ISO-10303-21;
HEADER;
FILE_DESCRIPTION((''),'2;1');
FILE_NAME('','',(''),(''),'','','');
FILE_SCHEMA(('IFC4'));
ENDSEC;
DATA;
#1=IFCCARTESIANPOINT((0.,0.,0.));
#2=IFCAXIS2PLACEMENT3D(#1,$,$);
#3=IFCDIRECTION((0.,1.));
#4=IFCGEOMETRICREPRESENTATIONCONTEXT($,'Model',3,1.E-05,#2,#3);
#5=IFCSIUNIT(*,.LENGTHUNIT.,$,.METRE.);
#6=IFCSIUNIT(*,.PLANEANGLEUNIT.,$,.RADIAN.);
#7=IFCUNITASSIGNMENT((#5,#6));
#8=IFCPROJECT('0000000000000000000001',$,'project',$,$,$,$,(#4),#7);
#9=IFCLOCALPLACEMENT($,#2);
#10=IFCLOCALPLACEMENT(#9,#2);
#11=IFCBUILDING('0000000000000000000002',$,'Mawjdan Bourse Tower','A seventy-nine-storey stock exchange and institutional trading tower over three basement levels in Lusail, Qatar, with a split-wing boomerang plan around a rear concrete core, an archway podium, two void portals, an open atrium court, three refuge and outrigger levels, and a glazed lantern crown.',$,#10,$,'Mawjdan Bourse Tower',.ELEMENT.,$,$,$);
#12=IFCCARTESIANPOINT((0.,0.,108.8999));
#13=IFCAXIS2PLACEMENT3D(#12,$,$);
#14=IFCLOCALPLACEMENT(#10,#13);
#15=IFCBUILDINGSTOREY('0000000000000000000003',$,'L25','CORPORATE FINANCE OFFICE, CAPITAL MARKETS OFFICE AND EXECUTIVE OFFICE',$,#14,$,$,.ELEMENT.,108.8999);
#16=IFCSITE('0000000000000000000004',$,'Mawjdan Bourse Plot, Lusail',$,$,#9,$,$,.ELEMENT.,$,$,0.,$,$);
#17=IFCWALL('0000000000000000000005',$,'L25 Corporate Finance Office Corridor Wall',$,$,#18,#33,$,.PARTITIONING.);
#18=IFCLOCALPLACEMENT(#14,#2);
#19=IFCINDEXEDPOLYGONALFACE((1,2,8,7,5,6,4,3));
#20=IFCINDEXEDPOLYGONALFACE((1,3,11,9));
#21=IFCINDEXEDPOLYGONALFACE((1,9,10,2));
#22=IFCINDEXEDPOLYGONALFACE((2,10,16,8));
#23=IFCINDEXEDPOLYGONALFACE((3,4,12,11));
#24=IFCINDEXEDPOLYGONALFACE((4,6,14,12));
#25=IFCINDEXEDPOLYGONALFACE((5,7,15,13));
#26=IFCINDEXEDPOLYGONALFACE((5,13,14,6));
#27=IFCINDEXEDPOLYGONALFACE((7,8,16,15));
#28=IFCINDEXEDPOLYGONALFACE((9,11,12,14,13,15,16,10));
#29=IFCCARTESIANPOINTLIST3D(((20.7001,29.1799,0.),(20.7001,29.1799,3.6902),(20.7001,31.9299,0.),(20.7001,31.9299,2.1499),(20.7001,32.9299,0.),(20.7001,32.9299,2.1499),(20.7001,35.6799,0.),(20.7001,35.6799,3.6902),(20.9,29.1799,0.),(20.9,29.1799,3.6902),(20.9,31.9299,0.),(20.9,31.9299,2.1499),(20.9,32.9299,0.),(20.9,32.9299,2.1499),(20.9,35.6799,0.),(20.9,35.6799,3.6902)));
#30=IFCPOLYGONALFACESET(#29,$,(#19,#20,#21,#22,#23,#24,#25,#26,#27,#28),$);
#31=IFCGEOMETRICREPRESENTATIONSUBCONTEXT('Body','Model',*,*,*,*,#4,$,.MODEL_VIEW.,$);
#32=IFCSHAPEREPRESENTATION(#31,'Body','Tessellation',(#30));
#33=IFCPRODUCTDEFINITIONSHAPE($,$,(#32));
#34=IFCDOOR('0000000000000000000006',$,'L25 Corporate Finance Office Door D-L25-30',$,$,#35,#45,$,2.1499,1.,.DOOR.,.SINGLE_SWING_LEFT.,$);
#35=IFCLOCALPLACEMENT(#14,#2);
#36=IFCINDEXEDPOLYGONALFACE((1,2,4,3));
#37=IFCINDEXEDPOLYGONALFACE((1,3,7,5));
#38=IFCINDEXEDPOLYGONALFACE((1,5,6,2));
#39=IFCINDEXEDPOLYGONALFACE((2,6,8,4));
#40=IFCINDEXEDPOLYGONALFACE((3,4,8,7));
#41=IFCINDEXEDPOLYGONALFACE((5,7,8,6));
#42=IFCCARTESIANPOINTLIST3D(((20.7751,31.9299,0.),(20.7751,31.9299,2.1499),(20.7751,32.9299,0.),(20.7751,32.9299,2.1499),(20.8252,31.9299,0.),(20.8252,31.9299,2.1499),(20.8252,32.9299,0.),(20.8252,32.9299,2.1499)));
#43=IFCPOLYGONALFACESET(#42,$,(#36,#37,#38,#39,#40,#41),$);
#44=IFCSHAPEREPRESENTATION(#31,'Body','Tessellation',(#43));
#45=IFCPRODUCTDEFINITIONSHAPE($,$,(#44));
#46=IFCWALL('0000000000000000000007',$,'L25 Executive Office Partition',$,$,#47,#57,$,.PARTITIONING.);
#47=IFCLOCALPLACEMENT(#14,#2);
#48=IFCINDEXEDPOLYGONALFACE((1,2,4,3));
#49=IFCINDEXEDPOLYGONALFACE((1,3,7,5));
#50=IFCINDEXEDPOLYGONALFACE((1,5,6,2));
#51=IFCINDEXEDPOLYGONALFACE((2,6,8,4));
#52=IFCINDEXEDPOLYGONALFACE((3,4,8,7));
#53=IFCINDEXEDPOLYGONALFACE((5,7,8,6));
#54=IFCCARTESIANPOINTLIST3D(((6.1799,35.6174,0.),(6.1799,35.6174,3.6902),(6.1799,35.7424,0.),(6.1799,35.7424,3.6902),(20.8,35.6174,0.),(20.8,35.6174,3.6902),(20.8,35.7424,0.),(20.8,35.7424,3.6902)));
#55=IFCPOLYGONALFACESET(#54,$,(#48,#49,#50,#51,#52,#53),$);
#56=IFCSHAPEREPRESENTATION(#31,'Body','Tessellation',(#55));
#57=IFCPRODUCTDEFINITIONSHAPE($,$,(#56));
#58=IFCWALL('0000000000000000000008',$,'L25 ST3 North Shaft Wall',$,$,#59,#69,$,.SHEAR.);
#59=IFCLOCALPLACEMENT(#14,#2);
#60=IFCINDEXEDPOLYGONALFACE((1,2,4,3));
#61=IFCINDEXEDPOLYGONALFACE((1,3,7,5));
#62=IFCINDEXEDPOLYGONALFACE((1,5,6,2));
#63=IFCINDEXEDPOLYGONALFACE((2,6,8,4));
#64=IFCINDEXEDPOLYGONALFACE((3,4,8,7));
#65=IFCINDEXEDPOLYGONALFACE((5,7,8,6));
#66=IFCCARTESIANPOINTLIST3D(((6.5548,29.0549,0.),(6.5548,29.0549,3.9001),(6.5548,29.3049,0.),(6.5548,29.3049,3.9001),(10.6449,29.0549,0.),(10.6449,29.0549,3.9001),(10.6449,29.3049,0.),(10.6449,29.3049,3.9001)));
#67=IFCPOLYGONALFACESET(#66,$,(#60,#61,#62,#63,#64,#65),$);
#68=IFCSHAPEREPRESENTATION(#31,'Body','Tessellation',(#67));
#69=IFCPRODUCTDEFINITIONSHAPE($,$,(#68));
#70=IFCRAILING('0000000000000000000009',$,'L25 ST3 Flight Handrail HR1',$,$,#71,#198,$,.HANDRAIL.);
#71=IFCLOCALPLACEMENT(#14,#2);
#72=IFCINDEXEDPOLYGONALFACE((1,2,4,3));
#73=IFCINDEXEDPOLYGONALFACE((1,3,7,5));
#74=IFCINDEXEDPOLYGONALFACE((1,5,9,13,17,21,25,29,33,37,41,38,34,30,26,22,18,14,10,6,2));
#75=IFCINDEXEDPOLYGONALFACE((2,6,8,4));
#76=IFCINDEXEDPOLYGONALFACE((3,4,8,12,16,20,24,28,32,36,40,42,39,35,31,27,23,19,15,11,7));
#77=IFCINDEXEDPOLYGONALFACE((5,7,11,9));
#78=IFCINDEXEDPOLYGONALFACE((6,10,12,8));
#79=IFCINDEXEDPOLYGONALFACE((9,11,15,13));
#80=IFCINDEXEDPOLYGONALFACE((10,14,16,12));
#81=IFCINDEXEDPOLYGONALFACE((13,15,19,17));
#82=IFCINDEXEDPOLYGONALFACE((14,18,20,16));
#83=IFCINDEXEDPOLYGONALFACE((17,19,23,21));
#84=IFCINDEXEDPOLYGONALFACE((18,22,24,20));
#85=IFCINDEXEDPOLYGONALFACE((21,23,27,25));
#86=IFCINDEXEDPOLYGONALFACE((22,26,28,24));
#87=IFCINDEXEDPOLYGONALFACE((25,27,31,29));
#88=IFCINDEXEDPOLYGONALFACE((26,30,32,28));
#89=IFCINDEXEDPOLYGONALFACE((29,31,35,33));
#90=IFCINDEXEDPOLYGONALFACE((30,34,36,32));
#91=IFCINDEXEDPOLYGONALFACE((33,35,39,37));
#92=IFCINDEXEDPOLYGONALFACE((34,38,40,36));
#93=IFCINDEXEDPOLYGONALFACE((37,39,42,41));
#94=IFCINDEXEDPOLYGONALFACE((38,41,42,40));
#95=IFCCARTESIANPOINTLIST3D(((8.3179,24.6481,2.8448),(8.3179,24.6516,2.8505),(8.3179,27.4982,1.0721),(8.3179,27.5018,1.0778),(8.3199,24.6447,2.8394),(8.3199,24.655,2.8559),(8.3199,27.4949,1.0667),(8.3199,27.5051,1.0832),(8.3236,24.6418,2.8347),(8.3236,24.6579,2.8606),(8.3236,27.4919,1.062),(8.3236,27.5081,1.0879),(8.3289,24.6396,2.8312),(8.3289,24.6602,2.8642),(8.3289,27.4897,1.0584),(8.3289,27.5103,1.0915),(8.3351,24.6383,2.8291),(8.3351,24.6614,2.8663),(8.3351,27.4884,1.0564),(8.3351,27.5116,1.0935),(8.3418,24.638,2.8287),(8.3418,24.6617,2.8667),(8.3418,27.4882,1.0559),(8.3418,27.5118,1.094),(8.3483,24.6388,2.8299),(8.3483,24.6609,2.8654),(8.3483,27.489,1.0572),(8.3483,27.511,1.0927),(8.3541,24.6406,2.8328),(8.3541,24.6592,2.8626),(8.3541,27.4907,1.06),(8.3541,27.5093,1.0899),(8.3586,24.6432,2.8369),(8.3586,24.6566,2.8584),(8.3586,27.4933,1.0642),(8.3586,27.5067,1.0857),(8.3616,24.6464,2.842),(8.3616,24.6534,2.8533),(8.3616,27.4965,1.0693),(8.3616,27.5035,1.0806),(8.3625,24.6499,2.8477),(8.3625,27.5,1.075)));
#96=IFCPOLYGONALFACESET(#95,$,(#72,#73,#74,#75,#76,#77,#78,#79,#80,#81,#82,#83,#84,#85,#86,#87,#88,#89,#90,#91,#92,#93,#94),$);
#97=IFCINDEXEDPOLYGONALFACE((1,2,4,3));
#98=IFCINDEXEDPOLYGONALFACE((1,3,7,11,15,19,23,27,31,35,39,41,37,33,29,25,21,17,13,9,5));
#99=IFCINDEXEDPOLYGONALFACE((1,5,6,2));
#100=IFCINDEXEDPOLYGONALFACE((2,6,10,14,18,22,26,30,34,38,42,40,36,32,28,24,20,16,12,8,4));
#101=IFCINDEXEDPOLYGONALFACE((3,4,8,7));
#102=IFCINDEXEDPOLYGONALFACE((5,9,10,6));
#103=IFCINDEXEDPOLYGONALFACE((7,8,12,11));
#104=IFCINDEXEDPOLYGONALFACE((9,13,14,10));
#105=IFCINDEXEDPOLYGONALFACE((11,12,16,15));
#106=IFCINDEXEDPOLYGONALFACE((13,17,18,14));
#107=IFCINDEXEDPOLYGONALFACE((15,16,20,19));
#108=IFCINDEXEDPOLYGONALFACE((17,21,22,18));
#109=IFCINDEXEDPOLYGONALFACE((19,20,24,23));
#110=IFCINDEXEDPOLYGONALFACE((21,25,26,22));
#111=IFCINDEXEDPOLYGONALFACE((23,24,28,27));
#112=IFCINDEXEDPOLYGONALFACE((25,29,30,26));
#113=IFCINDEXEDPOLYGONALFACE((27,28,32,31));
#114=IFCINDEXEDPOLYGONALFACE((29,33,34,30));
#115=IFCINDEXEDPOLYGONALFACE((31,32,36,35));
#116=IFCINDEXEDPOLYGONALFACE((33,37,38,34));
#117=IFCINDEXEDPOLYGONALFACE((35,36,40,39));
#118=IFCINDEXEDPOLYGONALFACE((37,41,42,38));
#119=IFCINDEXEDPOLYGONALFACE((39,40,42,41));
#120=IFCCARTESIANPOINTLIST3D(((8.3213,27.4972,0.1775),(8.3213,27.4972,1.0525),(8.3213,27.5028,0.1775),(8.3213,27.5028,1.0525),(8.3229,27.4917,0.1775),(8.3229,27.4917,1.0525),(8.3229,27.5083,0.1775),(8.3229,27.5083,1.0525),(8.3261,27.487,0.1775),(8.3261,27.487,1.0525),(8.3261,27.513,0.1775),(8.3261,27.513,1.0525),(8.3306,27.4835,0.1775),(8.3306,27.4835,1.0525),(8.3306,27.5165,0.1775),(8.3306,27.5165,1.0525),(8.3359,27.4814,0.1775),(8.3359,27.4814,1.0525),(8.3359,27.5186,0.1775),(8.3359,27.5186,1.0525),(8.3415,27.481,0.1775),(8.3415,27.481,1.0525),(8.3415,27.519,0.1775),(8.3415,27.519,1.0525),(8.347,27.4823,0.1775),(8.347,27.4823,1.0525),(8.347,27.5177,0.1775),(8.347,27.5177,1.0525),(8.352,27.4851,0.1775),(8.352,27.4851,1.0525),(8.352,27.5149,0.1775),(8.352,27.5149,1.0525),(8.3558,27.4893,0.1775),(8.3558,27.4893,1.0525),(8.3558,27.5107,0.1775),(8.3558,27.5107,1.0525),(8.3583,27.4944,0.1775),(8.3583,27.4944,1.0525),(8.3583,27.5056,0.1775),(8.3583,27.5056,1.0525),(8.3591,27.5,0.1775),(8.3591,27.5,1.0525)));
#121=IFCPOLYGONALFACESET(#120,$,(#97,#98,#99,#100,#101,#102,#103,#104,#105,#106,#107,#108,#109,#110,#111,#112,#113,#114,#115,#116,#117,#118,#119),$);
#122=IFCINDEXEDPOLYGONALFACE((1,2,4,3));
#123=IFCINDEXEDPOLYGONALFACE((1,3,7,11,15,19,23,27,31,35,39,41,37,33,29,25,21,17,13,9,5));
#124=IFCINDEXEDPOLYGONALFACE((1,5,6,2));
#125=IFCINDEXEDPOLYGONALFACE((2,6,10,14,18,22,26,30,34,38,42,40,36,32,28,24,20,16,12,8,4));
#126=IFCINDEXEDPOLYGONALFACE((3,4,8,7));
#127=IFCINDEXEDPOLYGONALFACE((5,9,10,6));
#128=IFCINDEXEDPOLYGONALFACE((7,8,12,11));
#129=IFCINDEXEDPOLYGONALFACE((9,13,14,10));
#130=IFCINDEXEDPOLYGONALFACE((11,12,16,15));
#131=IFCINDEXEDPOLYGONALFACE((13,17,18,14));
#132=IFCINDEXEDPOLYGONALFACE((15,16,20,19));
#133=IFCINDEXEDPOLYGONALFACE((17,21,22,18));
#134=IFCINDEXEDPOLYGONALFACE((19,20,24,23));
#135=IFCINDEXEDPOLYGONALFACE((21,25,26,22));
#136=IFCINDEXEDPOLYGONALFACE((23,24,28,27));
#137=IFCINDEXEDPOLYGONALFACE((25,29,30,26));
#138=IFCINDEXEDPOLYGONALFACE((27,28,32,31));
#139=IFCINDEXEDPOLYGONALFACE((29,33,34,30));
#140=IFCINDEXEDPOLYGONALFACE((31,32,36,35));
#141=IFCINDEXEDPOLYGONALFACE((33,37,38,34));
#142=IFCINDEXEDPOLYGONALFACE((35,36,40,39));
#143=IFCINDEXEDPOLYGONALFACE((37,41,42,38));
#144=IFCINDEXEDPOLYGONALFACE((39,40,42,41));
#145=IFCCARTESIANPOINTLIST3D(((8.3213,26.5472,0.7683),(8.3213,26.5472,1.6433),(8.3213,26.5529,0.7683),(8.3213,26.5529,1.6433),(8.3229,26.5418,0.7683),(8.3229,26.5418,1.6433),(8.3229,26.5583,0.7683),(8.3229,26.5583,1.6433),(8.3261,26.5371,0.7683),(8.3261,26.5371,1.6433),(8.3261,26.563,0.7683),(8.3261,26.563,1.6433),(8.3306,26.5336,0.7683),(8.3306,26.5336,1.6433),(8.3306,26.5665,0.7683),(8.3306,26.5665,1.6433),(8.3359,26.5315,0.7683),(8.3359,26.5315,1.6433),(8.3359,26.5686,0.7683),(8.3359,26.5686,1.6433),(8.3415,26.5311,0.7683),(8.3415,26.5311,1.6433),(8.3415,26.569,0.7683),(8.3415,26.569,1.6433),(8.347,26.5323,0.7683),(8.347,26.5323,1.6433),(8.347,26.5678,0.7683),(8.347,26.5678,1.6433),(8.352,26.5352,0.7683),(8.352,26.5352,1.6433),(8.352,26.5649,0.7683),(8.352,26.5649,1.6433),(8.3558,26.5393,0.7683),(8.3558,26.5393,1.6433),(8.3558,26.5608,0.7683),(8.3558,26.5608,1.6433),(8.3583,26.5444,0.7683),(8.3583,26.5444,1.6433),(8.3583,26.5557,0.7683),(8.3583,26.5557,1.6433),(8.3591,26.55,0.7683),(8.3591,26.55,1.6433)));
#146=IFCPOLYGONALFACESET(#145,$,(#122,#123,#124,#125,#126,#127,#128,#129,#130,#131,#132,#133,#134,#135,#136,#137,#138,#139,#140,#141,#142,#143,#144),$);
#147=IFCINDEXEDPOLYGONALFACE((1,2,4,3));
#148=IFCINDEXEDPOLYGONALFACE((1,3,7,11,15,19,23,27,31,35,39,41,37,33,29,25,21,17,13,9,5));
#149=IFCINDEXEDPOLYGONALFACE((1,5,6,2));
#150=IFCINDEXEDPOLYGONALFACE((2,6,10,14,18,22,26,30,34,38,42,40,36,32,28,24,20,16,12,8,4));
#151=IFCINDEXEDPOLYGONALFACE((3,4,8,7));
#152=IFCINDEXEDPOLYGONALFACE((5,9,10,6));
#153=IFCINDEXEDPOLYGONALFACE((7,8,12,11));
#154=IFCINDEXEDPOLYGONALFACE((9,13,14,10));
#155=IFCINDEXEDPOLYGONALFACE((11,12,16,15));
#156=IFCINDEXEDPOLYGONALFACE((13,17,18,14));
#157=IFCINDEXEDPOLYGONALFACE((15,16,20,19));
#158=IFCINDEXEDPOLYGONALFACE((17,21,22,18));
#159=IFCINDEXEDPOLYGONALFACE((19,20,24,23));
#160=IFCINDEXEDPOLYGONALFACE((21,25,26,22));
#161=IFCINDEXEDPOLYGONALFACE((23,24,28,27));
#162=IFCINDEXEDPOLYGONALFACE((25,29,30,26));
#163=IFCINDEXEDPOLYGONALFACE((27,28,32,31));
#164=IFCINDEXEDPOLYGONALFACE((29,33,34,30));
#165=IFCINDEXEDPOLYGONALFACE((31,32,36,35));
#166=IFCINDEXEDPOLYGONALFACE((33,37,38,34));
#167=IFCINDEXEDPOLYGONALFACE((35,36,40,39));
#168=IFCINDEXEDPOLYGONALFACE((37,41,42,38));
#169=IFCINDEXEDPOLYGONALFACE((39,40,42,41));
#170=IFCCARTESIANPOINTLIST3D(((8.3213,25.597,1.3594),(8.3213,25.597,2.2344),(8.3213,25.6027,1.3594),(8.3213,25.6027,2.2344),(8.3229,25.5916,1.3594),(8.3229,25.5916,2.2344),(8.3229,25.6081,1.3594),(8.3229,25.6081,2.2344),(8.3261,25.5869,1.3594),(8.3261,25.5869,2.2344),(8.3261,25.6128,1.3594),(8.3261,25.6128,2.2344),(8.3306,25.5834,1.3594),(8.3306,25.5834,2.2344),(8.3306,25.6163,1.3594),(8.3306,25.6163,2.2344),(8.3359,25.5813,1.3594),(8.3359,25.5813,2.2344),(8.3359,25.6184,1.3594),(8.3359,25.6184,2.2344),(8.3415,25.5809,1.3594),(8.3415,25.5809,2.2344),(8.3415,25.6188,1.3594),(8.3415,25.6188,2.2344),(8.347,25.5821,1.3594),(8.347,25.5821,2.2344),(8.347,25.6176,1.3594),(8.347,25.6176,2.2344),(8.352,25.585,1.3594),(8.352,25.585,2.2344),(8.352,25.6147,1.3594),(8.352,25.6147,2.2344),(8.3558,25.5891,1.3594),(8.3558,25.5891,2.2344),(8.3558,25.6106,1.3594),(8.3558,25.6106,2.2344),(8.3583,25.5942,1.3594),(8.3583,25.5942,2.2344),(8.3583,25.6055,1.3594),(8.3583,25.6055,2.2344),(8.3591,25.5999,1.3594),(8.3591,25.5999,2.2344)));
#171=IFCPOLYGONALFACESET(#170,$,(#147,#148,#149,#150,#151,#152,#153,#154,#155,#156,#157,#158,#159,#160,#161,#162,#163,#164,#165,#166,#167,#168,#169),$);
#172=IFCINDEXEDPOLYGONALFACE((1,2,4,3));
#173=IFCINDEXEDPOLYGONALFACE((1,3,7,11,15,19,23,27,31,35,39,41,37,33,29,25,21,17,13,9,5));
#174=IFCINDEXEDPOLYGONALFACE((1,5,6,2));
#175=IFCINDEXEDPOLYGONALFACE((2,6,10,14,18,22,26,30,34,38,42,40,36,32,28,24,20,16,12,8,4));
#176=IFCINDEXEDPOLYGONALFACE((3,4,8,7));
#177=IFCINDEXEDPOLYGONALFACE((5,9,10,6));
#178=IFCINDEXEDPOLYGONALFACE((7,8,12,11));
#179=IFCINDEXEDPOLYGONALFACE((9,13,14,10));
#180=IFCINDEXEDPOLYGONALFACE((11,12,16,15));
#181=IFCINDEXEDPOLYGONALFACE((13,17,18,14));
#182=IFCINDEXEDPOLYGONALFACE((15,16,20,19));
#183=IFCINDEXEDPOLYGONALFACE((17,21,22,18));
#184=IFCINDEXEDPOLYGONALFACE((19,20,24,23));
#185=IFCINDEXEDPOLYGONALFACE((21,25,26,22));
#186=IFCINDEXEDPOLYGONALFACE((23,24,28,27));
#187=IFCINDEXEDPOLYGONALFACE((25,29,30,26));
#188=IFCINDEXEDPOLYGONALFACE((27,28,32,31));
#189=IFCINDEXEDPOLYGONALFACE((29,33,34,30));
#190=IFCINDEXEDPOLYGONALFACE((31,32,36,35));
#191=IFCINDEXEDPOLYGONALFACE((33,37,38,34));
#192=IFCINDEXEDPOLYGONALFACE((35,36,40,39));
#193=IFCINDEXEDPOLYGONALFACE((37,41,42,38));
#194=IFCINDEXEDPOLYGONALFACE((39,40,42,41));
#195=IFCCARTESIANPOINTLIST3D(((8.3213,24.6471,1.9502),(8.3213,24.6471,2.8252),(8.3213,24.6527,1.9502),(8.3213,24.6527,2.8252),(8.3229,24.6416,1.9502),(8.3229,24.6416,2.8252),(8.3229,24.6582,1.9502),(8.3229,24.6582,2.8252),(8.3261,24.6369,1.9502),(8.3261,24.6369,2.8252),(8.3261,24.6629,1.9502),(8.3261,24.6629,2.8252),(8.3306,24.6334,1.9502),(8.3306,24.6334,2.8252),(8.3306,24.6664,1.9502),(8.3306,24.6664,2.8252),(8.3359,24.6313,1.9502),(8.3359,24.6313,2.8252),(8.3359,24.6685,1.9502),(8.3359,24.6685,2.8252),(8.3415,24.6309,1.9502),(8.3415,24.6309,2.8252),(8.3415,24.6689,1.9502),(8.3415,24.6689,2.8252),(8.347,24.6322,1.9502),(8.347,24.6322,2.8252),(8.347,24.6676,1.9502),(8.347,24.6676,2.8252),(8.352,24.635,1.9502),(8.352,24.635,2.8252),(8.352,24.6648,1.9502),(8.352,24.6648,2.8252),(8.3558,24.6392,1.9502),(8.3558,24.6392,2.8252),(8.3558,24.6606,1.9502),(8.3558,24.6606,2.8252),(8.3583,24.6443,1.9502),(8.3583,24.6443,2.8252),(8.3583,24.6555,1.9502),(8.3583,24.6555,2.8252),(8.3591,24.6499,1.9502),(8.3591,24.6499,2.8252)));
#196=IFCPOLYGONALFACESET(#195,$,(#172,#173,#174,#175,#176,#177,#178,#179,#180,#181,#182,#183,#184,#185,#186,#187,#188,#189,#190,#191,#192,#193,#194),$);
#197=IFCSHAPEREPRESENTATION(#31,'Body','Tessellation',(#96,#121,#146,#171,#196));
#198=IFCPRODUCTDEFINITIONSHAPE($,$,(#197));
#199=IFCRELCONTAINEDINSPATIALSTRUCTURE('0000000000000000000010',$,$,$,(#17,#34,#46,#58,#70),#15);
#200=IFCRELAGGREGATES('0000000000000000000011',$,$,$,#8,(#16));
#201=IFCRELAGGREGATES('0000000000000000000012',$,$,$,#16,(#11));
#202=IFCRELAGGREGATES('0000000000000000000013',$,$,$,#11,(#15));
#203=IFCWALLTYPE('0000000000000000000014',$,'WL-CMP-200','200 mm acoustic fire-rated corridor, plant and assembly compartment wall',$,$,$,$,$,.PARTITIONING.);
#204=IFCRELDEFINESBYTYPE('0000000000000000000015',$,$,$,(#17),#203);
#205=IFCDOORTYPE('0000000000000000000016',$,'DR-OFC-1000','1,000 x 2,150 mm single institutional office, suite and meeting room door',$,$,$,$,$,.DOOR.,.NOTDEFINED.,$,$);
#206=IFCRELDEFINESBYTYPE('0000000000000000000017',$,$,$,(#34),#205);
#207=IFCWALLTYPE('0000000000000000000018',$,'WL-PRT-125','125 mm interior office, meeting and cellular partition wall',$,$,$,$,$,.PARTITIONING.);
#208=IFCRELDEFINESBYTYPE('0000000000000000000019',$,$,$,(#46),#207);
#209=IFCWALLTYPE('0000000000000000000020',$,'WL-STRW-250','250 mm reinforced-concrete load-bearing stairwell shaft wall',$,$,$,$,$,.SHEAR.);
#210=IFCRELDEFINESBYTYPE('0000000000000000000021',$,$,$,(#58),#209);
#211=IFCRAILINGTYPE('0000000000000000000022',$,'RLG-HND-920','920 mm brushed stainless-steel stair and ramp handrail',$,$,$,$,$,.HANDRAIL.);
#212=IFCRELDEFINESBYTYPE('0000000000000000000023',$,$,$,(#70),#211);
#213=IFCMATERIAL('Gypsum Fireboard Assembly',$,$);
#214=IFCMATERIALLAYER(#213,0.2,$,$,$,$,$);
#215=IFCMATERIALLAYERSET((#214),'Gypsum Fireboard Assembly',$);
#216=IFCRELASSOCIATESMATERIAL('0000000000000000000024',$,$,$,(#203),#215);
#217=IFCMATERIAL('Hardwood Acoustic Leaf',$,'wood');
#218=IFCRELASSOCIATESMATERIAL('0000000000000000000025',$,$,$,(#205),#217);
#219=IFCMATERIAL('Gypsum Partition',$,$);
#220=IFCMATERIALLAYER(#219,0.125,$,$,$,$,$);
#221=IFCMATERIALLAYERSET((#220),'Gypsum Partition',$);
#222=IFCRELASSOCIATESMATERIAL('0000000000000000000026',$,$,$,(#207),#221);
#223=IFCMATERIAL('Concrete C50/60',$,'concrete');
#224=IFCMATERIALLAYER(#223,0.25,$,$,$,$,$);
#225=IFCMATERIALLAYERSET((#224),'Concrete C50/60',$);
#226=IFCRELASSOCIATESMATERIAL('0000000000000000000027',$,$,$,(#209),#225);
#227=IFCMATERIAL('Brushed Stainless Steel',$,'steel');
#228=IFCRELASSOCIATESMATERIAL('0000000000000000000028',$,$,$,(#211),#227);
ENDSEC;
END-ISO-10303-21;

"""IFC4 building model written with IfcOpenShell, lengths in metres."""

from ifc_helpers import new_model, si_unit, direction, frame, frame_2d, origin, origin_2d, place, context, subcontext, project, spatial, rectangle, circle, extrude, material, layer, layer_set, type_object, element, fill, save


model = new_model("IFC4")

# Units and contexts
model_context = context("Model", 3, precision=1e-05, world=origin(), true_north=direction((0.0, 1.0)))
body_context = subcontext(model_context, "Body", "Model", "MODEL_VIEW")
ifc_project = project(units=[si_unit("LENGTHUNIT", "METRE"), si_unit("PLANEANGLEUNIT", "RADIAN")], contexts=[model_context])

# Site, building, storey
site_placement = place(None, origin())
site = spatial("IfcSite", under=ifc_project, at=site_placement, Name="Mawjdan Bourse Plot, Lusail", CompositionType="ELEMENT", RefElevation=0.0)
building_placement = place(site_placement, origin())
building = spatial("IfcBuilding", under=site, at=building_placement, Name="Mawjdan Bourse Tower", Description="A seventy-nine-storey stock exchange and institutional trading tower over three basement levels in Lusail, Qatar, with a split-wing boomerang plan around a rear concrete core, an archway podium, two void portals, an open atrium court, three refuge and outrigger levels, and a glazed lantern crown.", LongName="Mawjdan Bourse Tower", CompositionType="ELEMENT")
storey_placement = place(building_placement, frame((0.0, 0.0, 108.8999)))
storey = spatial("IfcBuildingStorey", under=building, at=storey_placement, Name="L25", Description="CORPORATE FINANCE OFFICE, CAPITAL MARKETS OFFICE AND EXECUTIVE OFFICE", CompositionType="ELEMENT", Elevation=108.8999)

# Shared definitions
ifc_material_1 = material(Name="Gypsum Fireboard Assembly")
ifc_layer_1 = layer(ifc_material_1, 0.2)
ifc_layer_set_1 = layer_set([ifc_layer_1], Name="Gypsum Fireboard Assembly")
wall_type_1 = type_object("IfcWallType", Name="WL-CMP-200", Description="200 mm acoustic fire-rated corridor, plant and assembly compartment wall", PredefinedType="PARTITIONING", material=ifc_layer_set_1)

# Wall, opening, door
wall_1_placement = place(storey_placement, frame((20.8, 29.1799, 0.0), z_axis=(0.0, 0.0, 1.0), x_axis=(0.0, 1.0, 0.0)))
wall_1 = element("IfcWall", 1, at=wall_1_placement, inside=storey, type_object=wall_type_1, Name="L25 Corporate Finance Office Corridor Wall", PredefinedType="PARTITIONING", context=body_context, shape_type="SweptSolid", body=[
    extrude(rectangle(XDim=6.5, YDim=0.2, at=frame_2d((3.25, 0.0))), origin(), (0.0, 0.0, 1.0), 3.6902),
])
opening_1_placement = place(wall_1_placement, frame((2.75, 0.0, 0.0)))
opening_1 = element("IfcOpeningElement", 2, at=opening_1_placement, cuts=wall_1, PredefinedType="OPENING", context=body_context, shape_type="SweptSolid", body=[
    extrude(rectangle(XDim=1.0, YDim=2.1499, at=frame_2d((0.5, 1.075))), frame((0.0, 0.1099, 0.0), z_axis=(0.0, -1.0, 0.0), x_axis=(1.0, 0.0, 0.0)), (0.0, 0.0, 1.0), 0.22),
])
ifc_material_2 = material(Name="Hardwood Acoustic Leaf", Category="wood")
door_type = type_object("IfcDoorType", Name="DR-OFC-1000", Description="1,000 x 2,150 mm single institutional office, suite and meeting room door", OperationType="NOTDEFINED", PredefinedType="DOOR", material=ifc_material_2)
door_1_placement = place(opening_1_placement, origin())
door_1 = element("IfcDoor", 3, at=door_1_placement, inside=storey, type_object=door_type, Name="L25 Corporate Finance Office Door D-L25-30", OperationType="SINGLE_SWING_LEFT", OverallHeight=2.1499, OverallWidth=1.0, PredefinedType="DOOR", context=body_context, shape_type="SweptSolid", body=[
    extrude(rectangle(XDim=1.0, YDim=2.1499, at=frame_2d((0.5, 1.075))), frame((0.0, 0.0249, 0.0), z_axis=(0.0, -1.0, 0.0), x_axis=(1.0, 0.0, 0.0)), (0.0, 0.0, 1.0), 0.05),
])
fill(opening_1, door_1)

# Walls
ifc_material_3 = material(Name="Gypsum Partition")
ifc_layer_2 = layer(ifc_material_3, 0.125)
ifc_layer_set_2 = layer_set([ifc_layer_2], Name="Gypsum Partition")
wall_type_2 = type_object("IfcWallType", Name="WL-PRT-125", Description="125 mm interior office, meeting and cellular partition wall", PredefinedType="PARTITIONING", material=ifc_layer_set_2)
wall_2_placement = place(storey_placement, frame((6.1799, 35.6799, 0.0), z_axis=(0.0, 0.0, 1.0), x_axis=(1.0, 0.0, 0.0)))
element("IfcWall", 4, at=wall_2_placement, inside=storey, type_object=wall_type_2, Name="L25 Executive Office Partition", PredefinedType="PARTITIONING", context=body_context, shape_type="SweptSolid", body=[
    extrude(rectangle(XDim=14.6201, YDim=0.125, at=frame_2d((7.3101, 0.0))), origin(), (0.0, 0.0, 1.0), 3.6902),
])
ifc_material_4 = material(Name="Concrete C50/60", Category="concrete")
ifc_layer_3 = layer(ifc_material_4, 0.25)
ifc_layer_set_3 = layer_set([ifc_layer_3], Name="Concrete C50/60")
wall_type_3 = type_object("IfcWallType", Name="WL-STRW-250", Description="250 mm reinforced-concrete load-bearing stairwell shaft wall", PredefinedType="SHEAR", material=ifc_layer_set_3)
wall_3_placement = place(storey_placement, frame((6.5549, 29.1799, 0.0), z_axis=(0.0, 0.0, 1.0), x_axis=(1.0, 0.0, 0.0)))
element("IfcWall", 5, at=wall_3_placement, inside=storey, type_object=wall_type_3, Name="L25 ST3 North Shaft Wall", PredefinedType="SHEAR", context=body_context, shape_type="SweptSolid", body=[
    extrude(rectangle(XDim=4.0901, YDim=0.25, at=frame_2d((2.0449, 0.0))), origin(), (0.0, 0.0, 1.0), 3.9001),
])

# Railing
ifc_material_5 = material(Name="Brushed Stainless Steel", Category="steel")
railing_type = type_object("IfcRailingType", Name="RLG-HND-920", Description="920 mm brushed stainless-steel stair and ramp handrail", PredefinedType="HANDRAIL", material=ifc_material_5)
railing_placement = place(storey_placement, frame((8.3401, 27.5, 0.1775)))
element("IfcRailing", 6, at=railing_placement, inside=storey, type_object=railing_type, Name="L25 ST3 Flight Handrail HR1", PredefinedType="HANDRAIL", context=body_context, shape_type="SweptSolid", body=[
    extrude(circle(Radius=0.0225, at=origin_2d()), frame((0.0, 0.0, 0.8975), z_axis=(0.0, -0.849149, 0.528154), x_axis=(1.0, 0.0, 0.0)), (0.0, 0.0, 1.0), 3.3564),
    extrude(circle(Radius=0.019, at=origin_2d()), origin(), (0.0, 0.0, 1.0), 0.875),
    extrude(circle(Radius=0.019, at=origin_2d()), frame((0.0, -0.95, 0.5908)), (0.0, 0.0, 1.0), 0.875),
    extrude(circle(Radius=0.019, at=origin_2d()), frame((0.0, -1.9001, 1.1819)), (0.0, 0.0, 1.0), 0.875),
    extrude(circle(Radius=0.019, at=origin_2d()), frame((0.0, -2.8501, 1.7727)), (0.0, 0.0, 1.0), 0.875),
])

save(model, "model.ifc")
